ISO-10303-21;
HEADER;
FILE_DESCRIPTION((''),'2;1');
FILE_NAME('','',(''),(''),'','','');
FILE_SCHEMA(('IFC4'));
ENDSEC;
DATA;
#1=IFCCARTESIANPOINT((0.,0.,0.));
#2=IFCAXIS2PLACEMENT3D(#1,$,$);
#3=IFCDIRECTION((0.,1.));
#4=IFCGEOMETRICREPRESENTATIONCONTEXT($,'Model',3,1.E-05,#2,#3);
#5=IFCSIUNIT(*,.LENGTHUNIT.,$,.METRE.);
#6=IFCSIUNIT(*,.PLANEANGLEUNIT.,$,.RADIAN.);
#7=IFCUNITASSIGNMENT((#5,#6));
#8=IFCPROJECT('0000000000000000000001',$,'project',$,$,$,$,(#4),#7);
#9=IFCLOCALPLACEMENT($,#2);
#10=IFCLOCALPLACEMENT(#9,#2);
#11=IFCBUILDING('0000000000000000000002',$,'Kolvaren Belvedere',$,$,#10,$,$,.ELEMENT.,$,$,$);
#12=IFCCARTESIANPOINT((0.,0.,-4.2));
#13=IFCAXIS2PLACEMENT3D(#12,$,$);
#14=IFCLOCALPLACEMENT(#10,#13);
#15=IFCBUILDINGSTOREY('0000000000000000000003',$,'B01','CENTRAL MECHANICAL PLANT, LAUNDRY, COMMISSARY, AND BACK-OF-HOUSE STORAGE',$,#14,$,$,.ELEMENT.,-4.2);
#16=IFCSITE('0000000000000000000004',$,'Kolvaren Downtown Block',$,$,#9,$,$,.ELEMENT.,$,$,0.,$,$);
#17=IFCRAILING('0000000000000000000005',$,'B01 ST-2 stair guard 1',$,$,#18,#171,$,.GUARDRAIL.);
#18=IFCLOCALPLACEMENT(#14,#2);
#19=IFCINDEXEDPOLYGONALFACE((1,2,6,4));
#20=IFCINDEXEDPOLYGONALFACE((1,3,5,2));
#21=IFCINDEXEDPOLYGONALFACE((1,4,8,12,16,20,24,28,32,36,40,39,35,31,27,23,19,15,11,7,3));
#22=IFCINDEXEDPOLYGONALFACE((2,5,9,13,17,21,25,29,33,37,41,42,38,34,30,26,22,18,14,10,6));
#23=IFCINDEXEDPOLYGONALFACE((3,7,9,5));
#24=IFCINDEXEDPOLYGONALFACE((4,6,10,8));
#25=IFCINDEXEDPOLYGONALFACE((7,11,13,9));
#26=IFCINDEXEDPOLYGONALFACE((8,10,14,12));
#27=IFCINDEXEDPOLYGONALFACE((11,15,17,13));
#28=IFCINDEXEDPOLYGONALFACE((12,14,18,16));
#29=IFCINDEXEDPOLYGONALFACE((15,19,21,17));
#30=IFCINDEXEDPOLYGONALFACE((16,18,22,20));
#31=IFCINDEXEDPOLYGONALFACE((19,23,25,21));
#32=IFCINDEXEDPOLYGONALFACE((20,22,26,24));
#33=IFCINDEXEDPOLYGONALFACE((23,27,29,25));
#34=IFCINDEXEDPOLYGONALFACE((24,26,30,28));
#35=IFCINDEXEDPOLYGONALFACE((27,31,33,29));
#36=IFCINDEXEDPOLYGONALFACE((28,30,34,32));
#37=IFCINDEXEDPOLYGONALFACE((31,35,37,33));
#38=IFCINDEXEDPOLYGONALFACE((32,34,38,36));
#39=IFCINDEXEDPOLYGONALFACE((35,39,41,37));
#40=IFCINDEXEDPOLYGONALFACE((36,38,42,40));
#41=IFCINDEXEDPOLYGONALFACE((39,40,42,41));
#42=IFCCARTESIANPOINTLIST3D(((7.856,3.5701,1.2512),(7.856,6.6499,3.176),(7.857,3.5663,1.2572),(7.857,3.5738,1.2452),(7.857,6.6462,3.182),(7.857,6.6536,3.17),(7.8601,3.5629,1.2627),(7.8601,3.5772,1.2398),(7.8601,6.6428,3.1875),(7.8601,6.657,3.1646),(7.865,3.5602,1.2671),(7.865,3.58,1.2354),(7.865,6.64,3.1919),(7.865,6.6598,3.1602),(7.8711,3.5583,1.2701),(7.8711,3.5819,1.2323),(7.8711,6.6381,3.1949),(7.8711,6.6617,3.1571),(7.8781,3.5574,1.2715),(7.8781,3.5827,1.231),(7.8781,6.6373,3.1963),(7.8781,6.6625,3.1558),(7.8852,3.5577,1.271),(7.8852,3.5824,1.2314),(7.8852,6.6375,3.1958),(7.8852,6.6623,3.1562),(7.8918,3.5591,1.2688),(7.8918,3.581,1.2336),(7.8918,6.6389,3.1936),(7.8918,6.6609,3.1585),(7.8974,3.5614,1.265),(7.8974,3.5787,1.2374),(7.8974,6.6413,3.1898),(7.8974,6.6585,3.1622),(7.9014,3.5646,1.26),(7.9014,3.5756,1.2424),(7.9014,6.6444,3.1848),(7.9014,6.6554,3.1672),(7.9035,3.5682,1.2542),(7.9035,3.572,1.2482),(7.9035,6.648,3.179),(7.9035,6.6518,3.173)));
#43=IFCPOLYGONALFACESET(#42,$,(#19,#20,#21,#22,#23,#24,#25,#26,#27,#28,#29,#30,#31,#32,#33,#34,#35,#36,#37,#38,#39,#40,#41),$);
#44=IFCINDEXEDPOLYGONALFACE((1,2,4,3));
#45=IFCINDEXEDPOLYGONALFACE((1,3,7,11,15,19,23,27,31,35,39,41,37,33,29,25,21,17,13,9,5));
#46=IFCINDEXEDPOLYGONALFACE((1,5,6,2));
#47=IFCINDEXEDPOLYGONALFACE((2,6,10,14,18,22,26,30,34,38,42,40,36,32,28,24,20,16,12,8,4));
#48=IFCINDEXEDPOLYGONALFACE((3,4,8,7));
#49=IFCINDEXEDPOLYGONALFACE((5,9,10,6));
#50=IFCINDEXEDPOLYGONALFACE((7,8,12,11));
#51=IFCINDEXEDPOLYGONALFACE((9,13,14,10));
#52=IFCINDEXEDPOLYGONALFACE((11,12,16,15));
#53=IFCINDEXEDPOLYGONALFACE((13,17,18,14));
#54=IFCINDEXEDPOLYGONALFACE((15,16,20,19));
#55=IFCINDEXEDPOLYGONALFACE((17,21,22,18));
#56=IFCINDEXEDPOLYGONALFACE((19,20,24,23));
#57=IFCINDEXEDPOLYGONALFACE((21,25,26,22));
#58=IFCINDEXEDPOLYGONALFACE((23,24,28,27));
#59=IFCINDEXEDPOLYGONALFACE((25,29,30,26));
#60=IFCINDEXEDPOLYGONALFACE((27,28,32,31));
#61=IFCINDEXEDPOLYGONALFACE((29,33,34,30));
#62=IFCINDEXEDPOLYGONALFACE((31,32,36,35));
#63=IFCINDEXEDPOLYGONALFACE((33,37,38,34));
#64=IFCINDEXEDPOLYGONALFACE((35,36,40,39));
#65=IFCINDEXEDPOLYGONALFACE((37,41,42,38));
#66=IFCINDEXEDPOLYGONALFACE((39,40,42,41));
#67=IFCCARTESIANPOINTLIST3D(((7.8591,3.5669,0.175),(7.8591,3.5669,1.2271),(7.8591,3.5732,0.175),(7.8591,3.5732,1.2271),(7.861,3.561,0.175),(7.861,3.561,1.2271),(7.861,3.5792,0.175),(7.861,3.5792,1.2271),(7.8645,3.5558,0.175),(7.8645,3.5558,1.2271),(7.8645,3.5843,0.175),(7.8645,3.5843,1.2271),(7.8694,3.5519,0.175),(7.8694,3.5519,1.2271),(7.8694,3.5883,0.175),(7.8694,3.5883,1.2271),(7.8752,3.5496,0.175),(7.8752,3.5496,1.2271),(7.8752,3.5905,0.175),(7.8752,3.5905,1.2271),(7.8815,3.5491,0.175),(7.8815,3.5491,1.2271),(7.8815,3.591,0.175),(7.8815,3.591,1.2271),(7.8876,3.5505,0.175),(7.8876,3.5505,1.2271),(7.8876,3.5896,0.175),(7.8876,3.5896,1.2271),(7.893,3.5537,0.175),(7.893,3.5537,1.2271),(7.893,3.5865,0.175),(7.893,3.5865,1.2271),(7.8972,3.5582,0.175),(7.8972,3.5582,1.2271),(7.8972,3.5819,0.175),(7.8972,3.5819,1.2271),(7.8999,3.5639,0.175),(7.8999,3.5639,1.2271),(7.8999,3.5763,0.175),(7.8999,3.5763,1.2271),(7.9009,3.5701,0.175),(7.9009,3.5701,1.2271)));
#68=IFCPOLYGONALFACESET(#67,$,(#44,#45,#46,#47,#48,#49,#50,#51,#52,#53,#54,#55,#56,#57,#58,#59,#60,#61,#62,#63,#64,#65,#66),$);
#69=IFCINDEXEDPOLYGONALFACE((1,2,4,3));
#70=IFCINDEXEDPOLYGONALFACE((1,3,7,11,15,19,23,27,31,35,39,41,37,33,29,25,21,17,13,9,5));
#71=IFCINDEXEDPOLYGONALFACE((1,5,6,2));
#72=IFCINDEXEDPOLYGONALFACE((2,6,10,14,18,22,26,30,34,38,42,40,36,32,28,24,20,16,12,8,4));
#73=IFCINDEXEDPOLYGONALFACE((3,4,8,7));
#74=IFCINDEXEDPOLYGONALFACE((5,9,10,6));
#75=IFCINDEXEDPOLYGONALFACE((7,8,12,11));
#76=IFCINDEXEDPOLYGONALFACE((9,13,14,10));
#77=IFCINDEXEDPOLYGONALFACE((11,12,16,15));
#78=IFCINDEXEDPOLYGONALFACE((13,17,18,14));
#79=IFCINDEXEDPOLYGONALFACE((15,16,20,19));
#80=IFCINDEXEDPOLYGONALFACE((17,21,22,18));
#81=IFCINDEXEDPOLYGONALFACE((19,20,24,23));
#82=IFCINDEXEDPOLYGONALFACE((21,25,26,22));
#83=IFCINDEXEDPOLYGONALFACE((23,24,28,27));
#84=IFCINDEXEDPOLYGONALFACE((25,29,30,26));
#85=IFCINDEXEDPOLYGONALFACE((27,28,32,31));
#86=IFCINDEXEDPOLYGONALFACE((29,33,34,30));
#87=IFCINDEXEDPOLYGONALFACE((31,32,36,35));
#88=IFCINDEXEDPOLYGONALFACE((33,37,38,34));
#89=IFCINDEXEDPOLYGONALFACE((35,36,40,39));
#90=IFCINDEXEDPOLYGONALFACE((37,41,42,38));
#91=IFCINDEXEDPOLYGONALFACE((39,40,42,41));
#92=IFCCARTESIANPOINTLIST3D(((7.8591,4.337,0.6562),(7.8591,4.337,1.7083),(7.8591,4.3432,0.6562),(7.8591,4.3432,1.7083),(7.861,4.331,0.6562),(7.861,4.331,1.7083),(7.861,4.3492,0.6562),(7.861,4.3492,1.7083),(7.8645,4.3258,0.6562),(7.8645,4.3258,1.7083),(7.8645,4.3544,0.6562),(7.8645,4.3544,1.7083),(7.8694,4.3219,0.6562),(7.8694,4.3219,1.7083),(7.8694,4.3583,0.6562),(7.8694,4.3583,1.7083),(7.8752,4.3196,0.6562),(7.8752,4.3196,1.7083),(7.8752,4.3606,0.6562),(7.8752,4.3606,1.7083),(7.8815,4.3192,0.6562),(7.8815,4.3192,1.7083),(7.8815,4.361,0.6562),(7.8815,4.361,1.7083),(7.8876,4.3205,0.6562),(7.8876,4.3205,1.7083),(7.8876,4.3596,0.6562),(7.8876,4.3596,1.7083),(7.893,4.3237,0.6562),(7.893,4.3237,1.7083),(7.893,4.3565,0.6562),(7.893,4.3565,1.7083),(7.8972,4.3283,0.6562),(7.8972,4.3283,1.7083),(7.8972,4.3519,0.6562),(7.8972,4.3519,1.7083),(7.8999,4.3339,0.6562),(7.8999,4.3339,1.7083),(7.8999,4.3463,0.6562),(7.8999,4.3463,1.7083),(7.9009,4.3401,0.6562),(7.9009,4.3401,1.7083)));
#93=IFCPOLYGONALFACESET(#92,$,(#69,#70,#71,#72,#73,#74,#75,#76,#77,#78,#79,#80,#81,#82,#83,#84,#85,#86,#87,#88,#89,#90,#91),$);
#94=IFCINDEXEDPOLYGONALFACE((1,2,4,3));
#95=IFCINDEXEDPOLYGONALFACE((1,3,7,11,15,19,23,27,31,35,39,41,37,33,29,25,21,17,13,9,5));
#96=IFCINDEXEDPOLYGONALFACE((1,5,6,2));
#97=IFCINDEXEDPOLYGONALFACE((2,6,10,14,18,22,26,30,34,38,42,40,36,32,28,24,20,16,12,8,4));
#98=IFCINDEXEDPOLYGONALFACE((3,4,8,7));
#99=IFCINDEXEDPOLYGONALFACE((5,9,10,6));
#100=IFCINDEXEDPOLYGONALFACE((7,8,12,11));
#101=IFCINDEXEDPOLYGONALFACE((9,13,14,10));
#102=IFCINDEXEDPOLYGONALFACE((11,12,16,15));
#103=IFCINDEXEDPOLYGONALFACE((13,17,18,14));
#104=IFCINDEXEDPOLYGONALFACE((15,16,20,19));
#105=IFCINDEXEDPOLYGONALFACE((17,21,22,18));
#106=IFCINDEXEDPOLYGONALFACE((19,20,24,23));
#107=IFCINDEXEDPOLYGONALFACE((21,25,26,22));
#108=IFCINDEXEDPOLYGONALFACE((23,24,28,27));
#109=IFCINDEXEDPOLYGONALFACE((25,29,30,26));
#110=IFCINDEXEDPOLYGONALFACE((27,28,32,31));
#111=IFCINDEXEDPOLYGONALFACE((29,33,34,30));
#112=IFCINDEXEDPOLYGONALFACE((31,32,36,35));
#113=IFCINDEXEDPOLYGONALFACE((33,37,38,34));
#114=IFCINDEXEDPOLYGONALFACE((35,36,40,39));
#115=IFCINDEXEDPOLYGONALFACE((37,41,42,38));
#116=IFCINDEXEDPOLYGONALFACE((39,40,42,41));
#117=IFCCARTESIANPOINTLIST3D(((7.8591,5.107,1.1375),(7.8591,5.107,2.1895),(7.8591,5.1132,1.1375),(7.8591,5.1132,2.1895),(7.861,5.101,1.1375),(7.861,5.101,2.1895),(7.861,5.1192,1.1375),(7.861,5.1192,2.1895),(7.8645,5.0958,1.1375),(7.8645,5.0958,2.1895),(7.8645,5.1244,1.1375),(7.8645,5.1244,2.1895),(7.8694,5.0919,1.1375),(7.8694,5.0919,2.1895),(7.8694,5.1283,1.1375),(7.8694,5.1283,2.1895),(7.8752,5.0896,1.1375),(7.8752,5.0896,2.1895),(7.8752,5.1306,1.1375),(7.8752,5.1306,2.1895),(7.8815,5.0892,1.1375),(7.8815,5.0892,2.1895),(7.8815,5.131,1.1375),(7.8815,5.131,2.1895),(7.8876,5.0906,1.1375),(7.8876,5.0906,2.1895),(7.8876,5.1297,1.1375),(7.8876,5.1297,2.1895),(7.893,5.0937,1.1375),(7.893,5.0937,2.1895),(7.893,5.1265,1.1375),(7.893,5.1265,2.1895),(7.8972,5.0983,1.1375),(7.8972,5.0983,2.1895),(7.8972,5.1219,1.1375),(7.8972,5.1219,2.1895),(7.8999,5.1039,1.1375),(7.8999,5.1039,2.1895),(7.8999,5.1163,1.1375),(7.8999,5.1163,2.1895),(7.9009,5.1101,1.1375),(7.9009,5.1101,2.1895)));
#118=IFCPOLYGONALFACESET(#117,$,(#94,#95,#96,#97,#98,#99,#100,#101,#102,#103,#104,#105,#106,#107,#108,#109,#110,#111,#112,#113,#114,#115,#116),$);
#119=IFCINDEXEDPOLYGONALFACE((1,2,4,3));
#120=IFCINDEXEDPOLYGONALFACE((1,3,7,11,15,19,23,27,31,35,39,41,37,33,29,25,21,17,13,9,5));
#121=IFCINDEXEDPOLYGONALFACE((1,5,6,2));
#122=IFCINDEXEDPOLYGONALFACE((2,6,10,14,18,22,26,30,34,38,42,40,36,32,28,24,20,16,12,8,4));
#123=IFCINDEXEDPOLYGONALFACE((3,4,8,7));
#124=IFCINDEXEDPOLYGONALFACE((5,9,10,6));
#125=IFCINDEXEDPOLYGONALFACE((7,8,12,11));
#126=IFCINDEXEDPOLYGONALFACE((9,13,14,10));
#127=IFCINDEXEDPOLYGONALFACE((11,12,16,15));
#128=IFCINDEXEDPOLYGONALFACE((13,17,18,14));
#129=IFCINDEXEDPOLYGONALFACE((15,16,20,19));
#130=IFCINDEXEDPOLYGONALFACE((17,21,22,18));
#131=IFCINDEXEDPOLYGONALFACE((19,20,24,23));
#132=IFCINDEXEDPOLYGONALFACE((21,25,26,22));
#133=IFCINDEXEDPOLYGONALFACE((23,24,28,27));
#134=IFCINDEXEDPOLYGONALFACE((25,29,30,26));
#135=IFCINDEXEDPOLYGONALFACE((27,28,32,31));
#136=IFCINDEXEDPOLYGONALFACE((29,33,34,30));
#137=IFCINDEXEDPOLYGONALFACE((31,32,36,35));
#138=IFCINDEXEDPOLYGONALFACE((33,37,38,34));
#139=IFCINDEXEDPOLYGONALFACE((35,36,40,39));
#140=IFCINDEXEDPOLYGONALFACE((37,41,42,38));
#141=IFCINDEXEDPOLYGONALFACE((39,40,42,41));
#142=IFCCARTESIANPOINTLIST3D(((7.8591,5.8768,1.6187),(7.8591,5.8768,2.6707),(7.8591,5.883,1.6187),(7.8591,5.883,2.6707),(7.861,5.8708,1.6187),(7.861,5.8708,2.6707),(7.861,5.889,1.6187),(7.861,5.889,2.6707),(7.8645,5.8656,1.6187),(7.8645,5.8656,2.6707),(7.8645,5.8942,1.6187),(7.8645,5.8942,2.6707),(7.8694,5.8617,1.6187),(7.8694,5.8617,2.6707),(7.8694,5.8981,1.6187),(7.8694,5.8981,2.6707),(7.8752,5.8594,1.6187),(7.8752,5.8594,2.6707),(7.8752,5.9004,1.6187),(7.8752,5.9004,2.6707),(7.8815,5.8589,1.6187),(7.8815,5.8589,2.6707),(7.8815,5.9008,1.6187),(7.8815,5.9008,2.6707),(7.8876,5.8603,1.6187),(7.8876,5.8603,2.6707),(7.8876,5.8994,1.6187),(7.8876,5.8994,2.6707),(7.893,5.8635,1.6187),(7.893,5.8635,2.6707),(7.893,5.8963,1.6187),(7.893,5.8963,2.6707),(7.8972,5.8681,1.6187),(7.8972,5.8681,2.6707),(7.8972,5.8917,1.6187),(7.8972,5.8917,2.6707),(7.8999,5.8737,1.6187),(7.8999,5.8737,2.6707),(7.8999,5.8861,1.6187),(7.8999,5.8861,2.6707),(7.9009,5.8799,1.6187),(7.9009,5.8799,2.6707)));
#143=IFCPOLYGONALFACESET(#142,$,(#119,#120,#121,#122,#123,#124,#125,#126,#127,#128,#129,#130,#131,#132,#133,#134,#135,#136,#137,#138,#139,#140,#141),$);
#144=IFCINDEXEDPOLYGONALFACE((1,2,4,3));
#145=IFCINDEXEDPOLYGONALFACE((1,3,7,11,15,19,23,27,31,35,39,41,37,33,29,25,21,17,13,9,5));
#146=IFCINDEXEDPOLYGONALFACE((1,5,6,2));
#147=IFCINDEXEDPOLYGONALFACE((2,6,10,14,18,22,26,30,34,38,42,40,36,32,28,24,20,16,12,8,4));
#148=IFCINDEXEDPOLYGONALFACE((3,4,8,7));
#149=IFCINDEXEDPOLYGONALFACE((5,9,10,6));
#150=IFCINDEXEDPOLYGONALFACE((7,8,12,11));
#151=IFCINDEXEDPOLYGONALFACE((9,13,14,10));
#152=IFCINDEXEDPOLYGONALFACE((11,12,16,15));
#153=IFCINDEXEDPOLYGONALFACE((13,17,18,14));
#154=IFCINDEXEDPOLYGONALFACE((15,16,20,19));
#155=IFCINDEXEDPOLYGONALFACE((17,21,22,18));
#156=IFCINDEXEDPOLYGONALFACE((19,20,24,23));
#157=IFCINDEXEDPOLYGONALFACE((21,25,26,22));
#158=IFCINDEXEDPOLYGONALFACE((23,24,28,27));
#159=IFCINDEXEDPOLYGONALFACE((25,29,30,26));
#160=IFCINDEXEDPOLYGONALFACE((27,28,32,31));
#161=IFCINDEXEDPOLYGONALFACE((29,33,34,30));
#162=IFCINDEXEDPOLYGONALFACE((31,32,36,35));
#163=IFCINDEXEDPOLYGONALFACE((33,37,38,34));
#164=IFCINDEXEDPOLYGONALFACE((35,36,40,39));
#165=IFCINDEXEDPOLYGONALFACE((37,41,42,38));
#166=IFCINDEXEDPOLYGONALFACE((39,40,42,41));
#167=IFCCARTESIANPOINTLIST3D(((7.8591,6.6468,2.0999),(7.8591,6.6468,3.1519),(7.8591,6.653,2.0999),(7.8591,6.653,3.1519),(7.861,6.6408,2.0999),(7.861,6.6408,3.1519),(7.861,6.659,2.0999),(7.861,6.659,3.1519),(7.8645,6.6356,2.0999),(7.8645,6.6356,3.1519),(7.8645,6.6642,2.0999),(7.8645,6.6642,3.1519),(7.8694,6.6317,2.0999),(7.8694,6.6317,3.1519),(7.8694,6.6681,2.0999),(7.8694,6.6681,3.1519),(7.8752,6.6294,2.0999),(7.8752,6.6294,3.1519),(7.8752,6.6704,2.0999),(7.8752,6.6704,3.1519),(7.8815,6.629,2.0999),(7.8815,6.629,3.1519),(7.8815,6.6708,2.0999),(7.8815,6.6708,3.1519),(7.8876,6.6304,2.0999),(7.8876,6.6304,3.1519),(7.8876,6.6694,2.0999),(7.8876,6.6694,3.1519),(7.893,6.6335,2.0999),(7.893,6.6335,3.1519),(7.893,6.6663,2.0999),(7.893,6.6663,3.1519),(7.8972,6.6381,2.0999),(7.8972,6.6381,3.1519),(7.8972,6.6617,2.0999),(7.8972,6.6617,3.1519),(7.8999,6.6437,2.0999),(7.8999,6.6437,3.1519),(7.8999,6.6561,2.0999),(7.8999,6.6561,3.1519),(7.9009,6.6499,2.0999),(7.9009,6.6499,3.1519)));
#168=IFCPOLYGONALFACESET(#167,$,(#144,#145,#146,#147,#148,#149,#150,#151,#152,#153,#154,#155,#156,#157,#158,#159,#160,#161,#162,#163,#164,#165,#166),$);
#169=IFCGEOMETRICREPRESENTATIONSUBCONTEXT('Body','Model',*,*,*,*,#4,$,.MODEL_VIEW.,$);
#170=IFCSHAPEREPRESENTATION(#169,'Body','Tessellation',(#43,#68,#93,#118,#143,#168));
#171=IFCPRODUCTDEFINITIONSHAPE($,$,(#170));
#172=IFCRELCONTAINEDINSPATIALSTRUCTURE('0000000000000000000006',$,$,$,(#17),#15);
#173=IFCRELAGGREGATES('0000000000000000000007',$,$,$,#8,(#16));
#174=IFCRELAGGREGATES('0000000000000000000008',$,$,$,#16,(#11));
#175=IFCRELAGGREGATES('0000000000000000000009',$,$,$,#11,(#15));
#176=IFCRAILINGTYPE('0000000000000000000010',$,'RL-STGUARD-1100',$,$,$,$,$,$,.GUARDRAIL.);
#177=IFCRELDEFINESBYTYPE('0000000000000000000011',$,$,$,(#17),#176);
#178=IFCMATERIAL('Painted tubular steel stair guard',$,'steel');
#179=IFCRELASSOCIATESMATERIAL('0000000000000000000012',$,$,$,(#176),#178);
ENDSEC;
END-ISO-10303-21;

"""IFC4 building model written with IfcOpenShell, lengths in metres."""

from ifc_helpers import new_model, si_unit, direction, frame, origin, origin_2d, place, context, subcontext, project, spatial, circle, extrude, material, type_object, element, save


model = new_model("IFC4")

# Units and contexts
model_context = context("Model", 3, precision=1e-05, world=origin(), true_north=direction((0.0, 1.0)))
body_context = subcontext(model_context, "Body", "Model", "MODEL_VIEW")
ifc_project = project(units=[si_unit("LENGTHUNIT", "METRE"), si_unit("PLANEANGLEUNIT", "RADIAN")], contexts=[model_context])

# Site, building, storey
site_placement = place(None, origin())
site = spatial("IfcSite", under=ifc_project, at=site_placement, Name="Kolvaren Downtown Block", CompositionType="ELEMENT", RefElevation=0.0)
building_placement = place(site_placement, origin())
building = spatial("IfcBuilding", under=site, at=building_placement, Name="Kolvaren Belvedere", CompositionType="ELEMENT")
storey_placement = place(building_placement, frame((0.0, 0.0, -4.2)))
storey = spatial("IfcBuildingStorey", under=building, at=storey_placement, Name="B01", Description="CENTRAL MECHANICAL PLANT, LAUNDRY, COMMISSARY, AND BACK-OF-HOUSE STORAGE", CompositionType="ELEMENT", Elevation=-4.2)

# Railing
ifc_material_1 = material(Name="Painted tubular steel stair guard", Category="steel")
railing_type_1 = type_object("IfcRailingType", Name="RL-STGUARD-1100", PredefinedType="GUARDRAIL", material=ifc_material_1)
railing_1_placement = place(storey_placement, frame((7.8799, 3.5701, 0.175)))
element("IfcRailing", 1, at=railing_1_placement, inside=storey, type_object=railing_type_1, Name="B01 ST-2 stair guard 1", PredefinedType="GUARDRAIL", context=body_context, shape_type="SweptSolid", body=[
    extrude(circle(Radius=0.0239, at=origin_2d()), frame((0.0, 0.0, 1.0762), z_axis=(0.0, 0.84801, 0.529981), x_axis=(-1.0, 0.0, 0.0)), (0.0, 0.0, 1.0), 3.6318),
    extrude(circle(Radius=0.021, at=origin_2d()), origin(), (0.0, 0.0, 1.0), 1.052),
    extrude(circle(Radius=0.021, at=origin_2d()), frame((0.0, 0.77, 0.4812)), (0.0, 0.0, 1.0), 1.052),
    extrude(circle(Radius=0.021, at=origin_2d()), frame((0.0, 1.54, 0.9624)), (0.0, 0.0, 1.0), 1.052),
    extrude(circle(Radius=0.021, at=origin_2d()), frame((0.0, 2.3098, 1.4436)), (0.0, 0.0, 1.0), 1.052),
    extrude(circle(Radius=0.021, at=origin_2d()), frame((0.0, 3.0798, 1.9248)), (0.0, 0.0, 1.0), 1.052),
])

save(model, "model.ifc")
